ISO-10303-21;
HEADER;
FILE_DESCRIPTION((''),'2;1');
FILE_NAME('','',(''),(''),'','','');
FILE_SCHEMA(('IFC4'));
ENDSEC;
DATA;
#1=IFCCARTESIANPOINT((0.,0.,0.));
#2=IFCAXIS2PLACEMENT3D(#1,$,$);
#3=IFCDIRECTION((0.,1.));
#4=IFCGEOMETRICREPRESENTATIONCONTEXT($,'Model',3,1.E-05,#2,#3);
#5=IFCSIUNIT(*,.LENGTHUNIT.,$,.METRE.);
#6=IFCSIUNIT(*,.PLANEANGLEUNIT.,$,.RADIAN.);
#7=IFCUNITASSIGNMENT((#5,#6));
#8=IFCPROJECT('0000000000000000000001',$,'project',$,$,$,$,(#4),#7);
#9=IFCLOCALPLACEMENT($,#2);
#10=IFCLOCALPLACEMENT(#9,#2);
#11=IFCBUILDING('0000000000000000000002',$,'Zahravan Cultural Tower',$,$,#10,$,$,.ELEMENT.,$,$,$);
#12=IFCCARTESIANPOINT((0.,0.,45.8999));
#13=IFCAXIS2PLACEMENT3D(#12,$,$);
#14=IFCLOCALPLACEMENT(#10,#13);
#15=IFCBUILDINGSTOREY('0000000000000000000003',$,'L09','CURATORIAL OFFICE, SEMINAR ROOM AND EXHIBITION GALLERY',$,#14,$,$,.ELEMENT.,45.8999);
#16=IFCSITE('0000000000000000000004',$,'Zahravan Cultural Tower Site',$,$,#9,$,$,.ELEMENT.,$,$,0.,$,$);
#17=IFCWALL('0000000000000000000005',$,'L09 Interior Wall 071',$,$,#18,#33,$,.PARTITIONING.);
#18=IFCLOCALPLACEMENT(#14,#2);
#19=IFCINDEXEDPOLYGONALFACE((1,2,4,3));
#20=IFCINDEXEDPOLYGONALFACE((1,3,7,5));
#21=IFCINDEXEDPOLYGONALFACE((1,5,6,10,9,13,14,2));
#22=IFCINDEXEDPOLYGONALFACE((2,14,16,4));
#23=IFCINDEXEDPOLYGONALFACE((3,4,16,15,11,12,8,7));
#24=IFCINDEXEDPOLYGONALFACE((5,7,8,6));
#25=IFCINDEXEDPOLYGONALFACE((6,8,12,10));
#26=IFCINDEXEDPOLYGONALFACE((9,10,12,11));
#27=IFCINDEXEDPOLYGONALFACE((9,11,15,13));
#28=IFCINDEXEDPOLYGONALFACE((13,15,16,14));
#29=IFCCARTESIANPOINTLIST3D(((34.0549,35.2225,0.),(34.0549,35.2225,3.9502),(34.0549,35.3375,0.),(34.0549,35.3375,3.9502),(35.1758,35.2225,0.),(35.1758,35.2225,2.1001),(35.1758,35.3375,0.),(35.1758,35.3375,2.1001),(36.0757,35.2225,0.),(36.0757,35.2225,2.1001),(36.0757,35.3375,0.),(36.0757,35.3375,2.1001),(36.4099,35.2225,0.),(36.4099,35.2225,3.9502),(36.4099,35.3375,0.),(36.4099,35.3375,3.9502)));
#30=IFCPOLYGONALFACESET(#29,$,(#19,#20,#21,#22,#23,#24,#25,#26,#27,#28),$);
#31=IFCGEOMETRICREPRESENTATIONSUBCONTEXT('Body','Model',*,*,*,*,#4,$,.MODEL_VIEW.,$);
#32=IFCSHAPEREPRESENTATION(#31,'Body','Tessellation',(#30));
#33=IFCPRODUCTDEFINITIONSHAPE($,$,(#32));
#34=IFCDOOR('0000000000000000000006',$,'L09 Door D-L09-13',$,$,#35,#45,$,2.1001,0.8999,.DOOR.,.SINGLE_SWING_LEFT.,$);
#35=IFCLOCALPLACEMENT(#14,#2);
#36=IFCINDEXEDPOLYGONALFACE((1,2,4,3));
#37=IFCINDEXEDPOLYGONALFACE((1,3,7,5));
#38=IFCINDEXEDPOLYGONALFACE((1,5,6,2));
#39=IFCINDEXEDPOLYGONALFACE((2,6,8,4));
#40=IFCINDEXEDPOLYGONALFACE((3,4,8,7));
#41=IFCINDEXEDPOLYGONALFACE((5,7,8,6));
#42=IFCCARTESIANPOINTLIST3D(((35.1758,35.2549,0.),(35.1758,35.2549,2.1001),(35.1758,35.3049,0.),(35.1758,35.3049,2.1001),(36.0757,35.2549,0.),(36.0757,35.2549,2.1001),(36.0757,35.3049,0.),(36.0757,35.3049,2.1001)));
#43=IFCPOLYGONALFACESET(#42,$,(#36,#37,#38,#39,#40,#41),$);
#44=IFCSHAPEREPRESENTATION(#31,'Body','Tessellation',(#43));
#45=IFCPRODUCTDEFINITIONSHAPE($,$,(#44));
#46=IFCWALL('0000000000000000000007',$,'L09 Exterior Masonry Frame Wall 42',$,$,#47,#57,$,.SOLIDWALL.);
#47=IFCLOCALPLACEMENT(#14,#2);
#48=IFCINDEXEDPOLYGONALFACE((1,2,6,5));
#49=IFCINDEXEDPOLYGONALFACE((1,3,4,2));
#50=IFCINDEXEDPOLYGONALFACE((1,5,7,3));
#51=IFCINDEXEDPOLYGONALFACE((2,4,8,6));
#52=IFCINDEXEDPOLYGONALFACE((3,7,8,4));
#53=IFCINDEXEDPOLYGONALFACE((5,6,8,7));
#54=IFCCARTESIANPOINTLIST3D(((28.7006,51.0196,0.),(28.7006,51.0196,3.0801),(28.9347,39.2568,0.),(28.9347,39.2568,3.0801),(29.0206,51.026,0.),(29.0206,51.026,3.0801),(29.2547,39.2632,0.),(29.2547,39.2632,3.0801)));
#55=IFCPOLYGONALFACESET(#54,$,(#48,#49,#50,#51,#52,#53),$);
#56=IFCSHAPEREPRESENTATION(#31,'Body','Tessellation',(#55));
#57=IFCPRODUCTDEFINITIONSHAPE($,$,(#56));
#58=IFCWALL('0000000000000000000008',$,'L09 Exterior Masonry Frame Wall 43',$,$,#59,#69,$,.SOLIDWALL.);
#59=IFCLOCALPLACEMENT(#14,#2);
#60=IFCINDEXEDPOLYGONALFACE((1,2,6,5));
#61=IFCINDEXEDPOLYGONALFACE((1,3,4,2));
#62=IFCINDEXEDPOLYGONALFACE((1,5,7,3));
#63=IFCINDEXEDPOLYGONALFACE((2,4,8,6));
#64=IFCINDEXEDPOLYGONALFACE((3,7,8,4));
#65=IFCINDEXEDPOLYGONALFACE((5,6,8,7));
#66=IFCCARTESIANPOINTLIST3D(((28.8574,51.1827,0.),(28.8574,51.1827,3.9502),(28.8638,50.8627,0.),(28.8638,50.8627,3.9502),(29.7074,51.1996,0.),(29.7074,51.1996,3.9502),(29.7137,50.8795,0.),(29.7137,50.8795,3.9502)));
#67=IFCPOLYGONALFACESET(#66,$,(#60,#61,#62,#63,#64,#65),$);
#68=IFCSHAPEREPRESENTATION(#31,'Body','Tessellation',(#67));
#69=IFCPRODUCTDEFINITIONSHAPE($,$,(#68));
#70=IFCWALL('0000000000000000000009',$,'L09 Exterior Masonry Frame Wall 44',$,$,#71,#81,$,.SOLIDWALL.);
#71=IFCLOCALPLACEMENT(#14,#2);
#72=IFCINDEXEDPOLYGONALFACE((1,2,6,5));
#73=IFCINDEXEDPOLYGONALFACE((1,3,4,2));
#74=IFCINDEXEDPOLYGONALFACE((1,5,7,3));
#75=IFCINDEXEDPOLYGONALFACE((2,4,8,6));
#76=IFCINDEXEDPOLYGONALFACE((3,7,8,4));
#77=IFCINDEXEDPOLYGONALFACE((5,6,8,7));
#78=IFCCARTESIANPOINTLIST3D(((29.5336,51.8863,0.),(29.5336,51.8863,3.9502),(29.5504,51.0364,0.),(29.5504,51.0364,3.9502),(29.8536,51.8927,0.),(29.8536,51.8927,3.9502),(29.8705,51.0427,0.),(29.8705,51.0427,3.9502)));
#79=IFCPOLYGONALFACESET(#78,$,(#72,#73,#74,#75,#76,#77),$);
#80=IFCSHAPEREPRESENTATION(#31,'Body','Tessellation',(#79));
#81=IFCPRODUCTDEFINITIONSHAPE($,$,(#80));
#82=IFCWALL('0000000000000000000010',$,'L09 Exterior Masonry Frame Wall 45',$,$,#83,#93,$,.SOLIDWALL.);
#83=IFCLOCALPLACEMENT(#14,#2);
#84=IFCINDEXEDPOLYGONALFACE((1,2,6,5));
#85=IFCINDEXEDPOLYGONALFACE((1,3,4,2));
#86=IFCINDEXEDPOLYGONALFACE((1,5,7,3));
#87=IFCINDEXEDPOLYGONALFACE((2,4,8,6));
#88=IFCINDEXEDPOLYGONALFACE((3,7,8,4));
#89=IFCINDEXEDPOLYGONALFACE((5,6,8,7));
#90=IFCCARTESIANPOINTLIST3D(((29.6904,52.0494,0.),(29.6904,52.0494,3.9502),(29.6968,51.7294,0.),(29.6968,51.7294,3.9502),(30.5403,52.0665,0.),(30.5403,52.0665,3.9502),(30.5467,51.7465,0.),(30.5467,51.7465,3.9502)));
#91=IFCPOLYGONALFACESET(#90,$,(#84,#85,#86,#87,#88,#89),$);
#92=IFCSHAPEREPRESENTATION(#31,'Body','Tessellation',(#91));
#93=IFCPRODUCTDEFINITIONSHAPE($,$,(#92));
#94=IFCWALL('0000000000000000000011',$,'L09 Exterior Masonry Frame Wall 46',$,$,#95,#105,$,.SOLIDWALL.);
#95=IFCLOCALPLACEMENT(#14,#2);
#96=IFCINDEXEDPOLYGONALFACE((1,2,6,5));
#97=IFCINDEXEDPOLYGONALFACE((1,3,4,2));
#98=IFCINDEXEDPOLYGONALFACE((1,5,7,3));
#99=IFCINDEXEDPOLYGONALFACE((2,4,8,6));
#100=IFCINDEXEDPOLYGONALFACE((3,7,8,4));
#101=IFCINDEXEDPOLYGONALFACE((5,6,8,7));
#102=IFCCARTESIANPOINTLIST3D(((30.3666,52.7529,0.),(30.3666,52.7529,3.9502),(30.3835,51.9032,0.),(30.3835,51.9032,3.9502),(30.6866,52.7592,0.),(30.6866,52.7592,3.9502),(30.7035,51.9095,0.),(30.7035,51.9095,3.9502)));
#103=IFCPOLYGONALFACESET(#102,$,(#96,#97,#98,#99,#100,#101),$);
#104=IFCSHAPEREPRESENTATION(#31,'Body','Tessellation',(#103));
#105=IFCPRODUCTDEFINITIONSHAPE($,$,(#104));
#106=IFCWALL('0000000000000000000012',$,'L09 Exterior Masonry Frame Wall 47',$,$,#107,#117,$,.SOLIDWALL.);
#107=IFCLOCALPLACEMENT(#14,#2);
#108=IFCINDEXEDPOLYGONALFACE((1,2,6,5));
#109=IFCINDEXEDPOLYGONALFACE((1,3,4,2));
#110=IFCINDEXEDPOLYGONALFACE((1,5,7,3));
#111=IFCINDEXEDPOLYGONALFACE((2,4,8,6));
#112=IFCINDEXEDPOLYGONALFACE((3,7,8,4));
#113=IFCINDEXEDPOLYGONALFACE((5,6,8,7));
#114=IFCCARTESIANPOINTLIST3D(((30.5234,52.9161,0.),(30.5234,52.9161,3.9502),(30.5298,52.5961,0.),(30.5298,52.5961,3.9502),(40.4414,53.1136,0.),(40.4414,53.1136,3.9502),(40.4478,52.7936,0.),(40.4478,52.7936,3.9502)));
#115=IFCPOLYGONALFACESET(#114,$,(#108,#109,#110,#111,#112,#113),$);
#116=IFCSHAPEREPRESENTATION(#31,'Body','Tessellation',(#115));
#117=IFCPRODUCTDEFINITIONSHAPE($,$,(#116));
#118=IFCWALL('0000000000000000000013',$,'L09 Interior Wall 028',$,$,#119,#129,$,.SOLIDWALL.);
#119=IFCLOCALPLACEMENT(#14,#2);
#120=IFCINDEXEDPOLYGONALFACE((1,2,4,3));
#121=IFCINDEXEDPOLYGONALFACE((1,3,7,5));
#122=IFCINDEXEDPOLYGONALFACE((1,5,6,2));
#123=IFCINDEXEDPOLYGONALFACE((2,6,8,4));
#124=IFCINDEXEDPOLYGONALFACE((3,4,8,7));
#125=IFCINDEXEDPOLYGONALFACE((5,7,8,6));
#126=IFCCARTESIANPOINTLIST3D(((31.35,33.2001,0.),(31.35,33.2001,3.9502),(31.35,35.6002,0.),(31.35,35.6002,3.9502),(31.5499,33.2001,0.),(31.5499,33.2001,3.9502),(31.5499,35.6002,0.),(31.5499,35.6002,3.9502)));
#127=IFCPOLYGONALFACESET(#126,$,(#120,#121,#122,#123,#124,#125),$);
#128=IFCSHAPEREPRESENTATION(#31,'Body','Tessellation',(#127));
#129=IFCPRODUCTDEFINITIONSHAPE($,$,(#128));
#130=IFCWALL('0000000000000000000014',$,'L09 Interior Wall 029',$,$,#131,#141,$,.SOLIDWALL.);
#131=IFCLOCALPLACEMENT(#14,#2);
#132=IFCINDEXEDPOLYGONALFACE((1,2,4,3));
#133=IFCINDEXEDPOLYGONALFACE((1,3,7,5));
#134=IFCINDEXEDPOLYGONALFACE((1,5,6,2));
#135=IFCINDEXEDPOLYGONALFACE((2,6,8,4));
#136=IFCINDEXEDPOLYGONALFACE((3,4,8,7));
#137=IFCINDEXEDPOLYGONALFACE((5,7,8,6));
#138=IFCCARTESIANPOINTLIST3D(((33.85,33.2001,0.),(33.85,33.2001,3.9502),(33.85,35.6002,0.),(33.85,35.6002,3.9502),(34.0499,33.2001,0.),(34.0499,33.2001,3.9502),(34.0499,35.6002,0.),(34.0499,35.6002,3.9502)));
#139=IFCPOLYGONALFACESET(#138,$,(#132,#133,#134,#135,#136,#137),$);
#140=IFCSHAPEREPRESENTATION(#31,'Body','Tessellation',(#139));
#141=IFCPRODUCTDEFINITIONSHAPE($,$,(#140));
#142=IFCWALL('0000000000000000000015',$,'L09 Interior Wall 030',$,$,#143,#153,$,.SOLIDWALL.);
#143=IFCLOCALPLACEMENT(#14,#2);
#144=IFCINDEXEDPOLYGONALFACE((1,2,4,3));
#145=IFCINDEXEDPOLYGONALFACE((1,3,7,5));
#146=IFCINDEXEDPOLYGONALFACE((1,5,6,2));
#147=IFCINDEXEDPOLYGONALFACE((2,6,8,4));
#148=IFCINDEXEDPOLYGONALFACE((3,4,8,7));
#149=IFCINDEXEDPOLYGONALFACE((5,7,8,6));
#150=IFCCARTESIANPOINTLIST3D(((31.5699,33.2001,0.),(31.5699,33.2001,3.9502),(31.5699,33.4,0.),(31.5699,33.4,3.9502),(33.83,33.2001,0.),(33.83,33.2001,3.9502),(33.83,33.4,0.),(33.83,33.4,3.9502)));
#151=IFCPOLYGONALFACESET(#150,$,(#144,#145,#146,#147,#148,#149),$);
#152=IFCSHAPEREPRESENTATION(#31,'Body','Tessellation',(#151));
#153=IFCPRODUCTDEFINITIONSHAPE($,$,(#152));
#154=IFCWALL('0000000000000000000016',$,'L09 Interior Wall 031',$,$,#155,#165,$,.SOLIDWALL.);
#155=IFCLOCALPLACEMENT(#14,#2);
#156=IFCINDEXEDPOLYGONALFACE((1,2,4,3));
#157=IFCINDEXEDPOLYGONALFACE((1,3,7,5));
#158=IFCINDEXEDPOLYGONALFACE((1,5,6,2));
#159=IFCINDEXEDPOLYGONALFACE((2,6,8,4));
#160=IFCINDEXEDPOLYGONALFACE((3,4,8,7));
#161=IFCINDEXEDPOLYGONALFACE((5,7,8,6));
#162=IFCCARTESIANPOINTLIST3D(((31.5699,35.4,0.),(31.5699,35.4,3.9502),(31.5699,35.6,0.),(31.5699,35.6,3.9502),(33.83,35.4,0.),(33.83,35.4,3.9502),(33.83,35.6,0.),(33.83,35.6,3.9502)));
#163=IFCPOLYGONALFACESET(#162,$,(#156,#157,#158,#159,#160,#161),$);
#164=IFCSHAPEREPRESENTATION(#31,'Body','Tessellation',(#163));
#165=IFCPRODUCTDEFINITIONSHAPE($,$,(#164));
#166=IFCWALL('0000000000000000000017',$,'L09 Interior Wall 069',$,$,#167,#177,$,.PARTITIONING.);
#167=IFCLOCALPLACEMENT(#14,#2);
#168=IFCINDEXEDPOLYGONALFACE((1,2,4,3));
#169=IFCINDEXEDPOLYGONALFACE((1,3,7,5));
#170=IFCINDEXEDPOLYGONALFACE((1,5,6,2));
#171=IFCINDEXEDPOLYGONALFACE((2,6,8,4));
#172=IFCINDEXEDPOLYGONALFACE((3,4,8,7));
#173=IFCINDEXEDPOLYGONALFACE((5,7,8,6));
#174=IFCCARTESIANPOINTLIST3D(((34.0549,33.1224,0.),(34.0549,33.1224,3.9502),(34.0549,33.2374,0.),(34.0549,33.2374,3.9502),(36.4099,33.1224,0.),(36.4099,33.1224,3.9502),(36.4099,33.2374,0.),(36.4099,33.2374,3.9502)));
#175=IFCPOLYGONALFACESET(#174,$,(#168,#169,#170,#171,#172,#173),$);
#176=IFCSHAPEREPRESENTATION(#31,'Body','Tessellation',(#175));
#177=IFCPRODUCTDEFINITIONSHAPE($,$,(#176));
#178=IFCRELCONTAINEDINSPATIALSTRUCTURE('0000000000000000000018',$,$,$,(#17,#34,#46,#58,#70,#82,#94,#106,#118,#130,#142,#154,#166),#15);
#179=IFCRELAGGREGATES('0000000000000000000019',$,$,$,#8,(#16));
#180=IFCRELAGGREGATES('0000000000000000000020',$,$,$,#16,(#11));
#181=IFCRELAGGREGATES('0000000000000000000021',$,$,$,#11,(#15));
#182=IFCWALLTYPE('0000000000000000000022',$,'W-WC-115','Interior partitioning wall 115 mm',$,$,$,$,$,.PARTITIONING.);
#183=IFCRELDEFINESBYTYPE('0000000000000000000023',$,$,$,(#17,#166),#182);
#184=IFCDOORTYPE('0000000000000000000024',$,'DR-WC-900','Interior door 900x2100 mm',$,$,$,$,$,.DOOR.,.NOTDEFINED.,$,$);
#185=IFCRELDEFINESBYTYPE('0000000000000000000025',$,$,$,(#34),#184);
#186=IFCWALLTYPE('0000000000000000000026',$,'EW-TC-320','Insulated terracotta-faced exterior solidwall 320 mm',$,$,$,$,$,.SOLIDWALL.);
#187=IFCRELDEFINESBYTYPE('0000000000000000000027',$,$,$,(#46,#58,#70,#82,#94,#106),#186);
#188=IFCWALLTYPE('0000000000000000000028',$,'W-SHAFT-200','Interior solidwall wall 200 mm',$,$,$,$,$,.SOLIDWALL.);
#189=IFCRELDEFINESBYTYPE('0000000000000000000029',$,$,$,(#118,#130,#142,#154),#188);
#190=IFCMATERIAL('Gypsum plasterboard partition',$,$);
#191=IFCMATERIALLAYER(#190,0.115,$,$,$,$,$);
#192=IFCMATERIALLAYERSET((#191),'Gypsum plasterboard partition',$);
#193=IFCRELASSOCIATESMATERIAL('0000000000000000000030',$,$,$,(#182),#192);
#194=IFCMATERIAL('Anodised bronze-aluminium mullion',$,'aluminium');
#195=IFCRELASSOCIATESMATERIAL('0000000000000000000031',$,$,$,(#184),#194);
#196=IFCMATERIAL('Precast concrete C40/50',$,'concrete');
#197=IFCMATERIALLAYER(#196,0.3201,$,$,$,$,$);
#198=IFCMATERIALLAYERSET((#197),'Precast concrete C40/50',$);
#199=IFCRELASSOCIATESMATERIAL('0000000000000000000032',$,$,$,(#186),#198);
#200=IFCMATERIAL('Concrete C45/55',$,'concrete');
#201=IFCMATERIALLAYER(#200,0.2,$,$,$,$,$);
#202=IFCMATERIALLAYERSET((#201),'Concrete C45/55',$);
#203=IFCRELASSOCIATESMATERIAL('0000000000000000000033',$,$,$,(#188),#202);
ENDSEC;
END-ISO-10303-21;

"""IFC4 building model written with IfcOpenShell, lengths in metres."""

from ifc_helpers import new_model, si_unit, direction, frame, frame_2d, origin, place, context, subcontext, project, spatial, rectangle, extrude, source, transform, mapped, material, layer, layer_set, type_object, element, fill, save


model = new_model("IFC4")

# Units and contexts
model_context = context("Model", 3, precision=1e-05, world=origin(), true_north=direction((0.0, 1.0)))
body_context = subcontext(model_context, "Body", "Model", "MODEL_VIEW")
ifc_project = project(units=[si_unit("LENGTHUNIT", "METRE"), si_unit("PLANEANGLEUNIT", "RADIAN")], contexts=[model_context])

# Site, building, storey
site_placement = place(None, origin())
site = spatial("IfcSite", under=ifc_project, at=site_placement, Name="Zahravan Cultural Tower Site", CompositionType="ELEMENT", RefElevation=0.0)
building_placement = place(site_placement, origin())
building = spatial("IfcBuilding", under=site, at=building_placement, Name="Zahravan Cultural Tower", CompositionType="ELEMENT")
storey_placement = place(building_placement, frame((0.0, 0.0, 45.8999)))
storey = spatial("IfcBuildingStorey", under=building, at=storey_placement, Name="L09", Description="CURATORIAL OFFICE, SEMINAR ROOM AND EXHIBITION GALLERY", CompositionType="ELEMENT", Elevation=45.8999)

# Wall, opening, door
ifc_material_1 = material(Name="Gypsum plasterboard partition")
ifc_layer_1 = layer(ifc_material_1, 0.115)
ifc_layer_set_1 = layer_set([ifc_layer_1], Name="Gypsum plasterboard partition")
wall_type_1 = type_object("IfcWallType", Name="W-WC-115", Description="Interior partitioning wall 115 mm", PredefinedType="PARTITIONING", material=ifc_layer_set_1)
wall_1_placement = place(storey_placement, frame((34.0549, 35.28, 0.0), z_axis=(0.0, 0.0, 1.0), x_axis=(1.0, 0.0, 0.0)))
wall_1 = element("IfcWall", 1, at=wall_1_placement, inside=storey, type_object=wall_type_1, Name="L09 Interior Wall 071", PredefinedType="PARTITIONING", context=body_context, shape_type="SweptSolid", body=[
    extrude(rectangle(XDim=2.355, YDim=0.115, at=frame_2d((1.1775, 0.0))), origin(), (0.0, 0.0, 1.0), 3.9502),
])
opening_placement = place(wall_1_placement, frame((1.1208, 0.0, 0.0)))
opening = element("IfcOpeningElement", 2, at=opening_placement, cuts=wall_1, PredefinedType="OPENING", context=body_context, shape_type="SweptSolid", body=[
    extrude(rectangle(XDim=0.8999, YDim=2.1001, at=frame_2d((0.45, 1.05))), frame((0.0, 0.0674, 0.0), z_axis=(0.0, -1.0, 0.0), x_axis=(1.0, 0.0, 0.0)), (0.0, 0.0, 1.0), 0.135),
])
ifc_material_2 = material(Name="Anodised bronze-aluminium mullion", Category="aluminium")
door_type = type_object("IfcDoorType", Name="DR-WC-900", Description="Interior door 900x2100 mm", OperationType="NOTDEFINED", PredefinedType="DOOR", material=ifc_material_2)
shared_shape_1 = source(origin(), body_context, "Body", "SweptSolid", [
    extrude(rectangle(XDim=0.8999, YDim=2.1001, at=frame_2d((0.45, 1.05))), frame((0.0, 0.0249, 0.0), z_axis=(0.0, -1.0, 0.0), x_axis=(1.0, 0.0, 0.0)), (0.0, 0.0, 1.0), 0.05),
])
door_placement = place(opening_placement, origin())
door = element("IfcDoor", 3, at=door_placement, inside=storey, type_object=door_type, Name="L09 Door D-L09-13", OperationType="SINGLE_SWING_LEFT", OverallHeight=2.1001, OverallWidth=0.8999, PredefinedType="DOOR", context=body_context, shape_type="MappedRepresentation", body=[
    mapped(shared_shape_1, transform((0.0, 0.0, 0.0), x_axis=(1.0, 0.0, 0.0), y_axis=(0.0, 1.0, 0.0), z_axis=(0.0, 0.0, 1.0), scale=1.0)),
])
fill(opening, door)

# Walls
ifc_material_3 = material(Name="Precast concrete C40/50", Category="concrete")
ifc_layer_2 = layer(ifc_material_3, 0.3201)
ifc_layer_set_2 = layer_set([ifc_layer_2], Name="Precast concrete C40/50")
wall_type_2 = type_object("IfcWallType", Name="EW-TC-320", Description="Insulated terracotta-faced exterior solidwall 320 mm", PredefinedType="SOLIDWALL", material=ifc_layer_set_2)
shared_shape_2 = source(origin(), body_context, "Body", "SweptSolid", [
    extrude(rectangle(XDim=11.7651, YDim=0.3201, at=frame_2d((5.8826, 0.0))), origin(), (0.0, 0.0, 1.0), 3.0801),
])
wall_2_placement = place(storey_placement, frame((29.0947, 39.26, 0.0), z_axis=(0.0, 0.0, 1.0), x_axis=(-0.019901, 0.999802, 0.0)))
element("IfcWall", 4, at=wall_2_placement, inside=storey, type_object=wall_type_2, Name="L09 Exterior Masonry Frame Wall 42", PredefinedType="SOLIDWALL", context=body_context, shape_type="MappedRepresentation", body=[
    mapped(shared_shape_2, transform((0.0, 0.0, 0.0), x_axis=(1.0, 0.0, 0.0), y_axis=(0.0, 1.0, 0.0), z_axis=(0.0, 0.0, 1.0), scale=1.0)),
])
shared_shape_3 = source(origin(), body_context, "Body", "SweptSolid", [
    extrude(rectangle(XDim=0.8501, YDim=0.3201, at=frame_2d((0.425, 0.0))), origin(), (0.0, 0.0, 1.0), 3.9502),
])
for number, where, z_axis, x_axis, name in (
    (5, (28.8606, 51.0227, 0.0), (0.0, 0.0, 1.0), (0.999804, 0.019818, 0.0), "L09 Exterior Masonry Frame Wall 43"),
    (6, (29.7104, 51.0396, 0.0), (0.0, 0.0, 1.0), (-0.019818, 0.999804, 0.0), "L09 Exterior Masonry Frame Wall 44"),
    (7, (29.6936, 51.8894, 0.0), (0.0, 0.0, 1.0), (0.999798, 0.020105, 0.0), "L09 Exterior Masonry Frame Wall 45"),
):
    element("IfcWall", number, at=place(storey_placement, frame(where, z_axis=z_axis, x_axis=x_axis)), inside=storey, type_object=wall_type_2, Name=name, PredefinedType="SOLIDWALL", context=body_context, shape_type="MappedRepresentation", body=[
        mapped(shared_shape_3, transform((0.0, 0.0, 0.0), x_axis=(1.0, 0.0, 0.0), y_axis=(0.0, 1.0, 0.0), z_axis=(0.0, 0.0, 1.0), scale=1.0)),
    ])
shared_shape_4 = source(origin(), body_context, "Body", "SweptSolid", [
    extrude(rectangle(XDim=0.8499, YDim=0.3201, at=frame_2d((0.4248, 0.0))), origin(), (0.0, 0.0, 1.0), 3.9502),
])
wall_3_placement = place(storey_placement, frame((30.5435, 51.9065, 0.0), z_axis=(0.0, 0.0, 1.0), x_axis=(-0.019824, 0.999803, 0.0)))
element("IfcWall", 8, at=wall_3_placement, inside=storey, type_object=wall_type_2, Name="L09 Exterior Masonry Frame Wall 46", PredefinedType="SOLIDWALL", context=body_context, shape_type="MappedRepresentation", body=[
    mapped(shared_shape_4, transform((0.0, 0.0, 0.0), x_axis=(1.0, 0.0, 0.0), y_axis=(0.0, 1.0, 0.0), z_axis=(0.0, 0.0, 1.0), scale=1.0)),
])
shared_shape_5 = source(origin(), body_context, "Body", "SweptSolid", [
    extrude(rectangle(XDim=9.9199, YDim=0.3201, at=frame_2d((4.96, 0.0))), origin(), (0.0, 0.0, 1.0), 3.9502),
])
wall_4_placement = place(storey_placement, frame((30.5266, 52.7561, 0.0), z_axis=(0.0, 0.0, 1.0), x_axis=(0.999802, 0.01991, 0.0)))
element("IfcWall", 9, at=wall_4_placement, inside=storey, type_object=wall_type_2, Name="L09 Exterior Masonry Frame Wall 47", PredefinedType="SOLIDWALL", context=body_context, shape_type="MappedRepresentation", body=[
    mapped(shared_shape_5, transform((0.0, 0.0, 0.0), x_axis=(1.0, 0.0, 0.0), y_axis=(0.0, 1.0, 0.0), z_axis=(0.0, 0.0, 1.0), scale=1.0)),
])
ifc_material_4 = material(Name="Concrete C45/55", Category="concrete")
ifc_layer_3 = layer(ifc_material_4, 0.2)
ifc_layer_set_3 = layer_set([ifc_layer_3], Name="Concrete C45/55")
wall_type_3 = type_object("IfcWallType", Name="W-SHAFT-200", Description="Interior solidwall wall 200 mm", PredefinedType="SOLIDWALL", material=ifc_layer_set_3)
shared_shape_6 = source(origin(), body_context, "Body", "SweptSolid", [
    extrude(rectangle(XDim=2.4001, YDim=0.2, at=frame_2d((1.2002, 0.0))), origin(), (0.0, 0.0, 1.0), 3.9502),
])
for number, where, z_axis, x_axis, name in (
    (10, (31.45, 33.2, 0.0), (0.0, 0.0, 1.0), (0.0, 1.0, 0.0), "L09 Interior Wall 028"),
    (11, (33.95, 33.2, 0.0), (0.0, 0.0, 1.0), (0.0, 1.0, 0.0), "L09 Interior Wall 029"),
):
    element("IfcWall", number, at=place(storey_placement, frame(where, z_axis=z_axis, x_axis=x_axis)), inside=storey, type_object=wall_type_3, Name=name, PredefinedType="SOLIDWALL", context=body_context, shape_type="MappedRepresentation", body=[
        mapped(shared_shape_6, transform((0.0, 0.0, 0.0), x_axis=(1.0, 0.0, 0.0), y_axis=(0.0, 1.0, 0.0), z_axis=(0.0, 0.0, 1.0), scale=1.0)),
    ])
shared_shape_7 = source(origin(), body_context, "Body", "SweptSolid", [
    extrude(rectangle(XDim=2.26, YDim=0.2, at=frame_2d((1.1299, 0.0))), origin(), (0.0, 0.0, 1.0), 3.9502),
])
for number, where, z_axis, x_axis, name in (
    (12, (31.5701, 33.3, 0.0), (0.0, 0.0, 1.0), (1.0, 0.0, 0.0), "L09 Interior Wall 030"),
    (13, (31.5701, 35.5, 0.0), (0.0, 0.0, 1.0), (1.0, 0.0, 0.0), "L09 Interior Wall 031"),
):
    element("IfcWall", number, at=place(storey_placement, frame(where, z_axis=z_axis, x_axis=x_axis)), inside=storey, type_object=wall_type_3, Name=name, PredefinedType="SOLIDWALL", context=body_context, shape_type="MappedRepresentation", body=[
        mapped(shared_shape_7, transform((0.0, 0.0, 0.0), x_axis=(1.0, 0.0, 0.0), y_axis=(0.0, 1.0, 0.0), z_axis=(0.0, 0.0, 1.0), scale=1.0)),
    ])
shared_shape_8 = source(origin(), body_context, "Body", "SweptSolid", [
    extrude(rectangle(XDim=2.355, YDim=0.115, at=frame_2d((1.1775, 0.0))), origin(), (0.0, 0.0, 1.0), 3.9502),
])
wall_5_placement = place(storey_placement, frame((34.0549, 33.1799, 0.0), z_axis=(0.0, 0.0, 1.0), x_axis=(1.0, 0.0, 0.0)))
element("IfcWall", 14, at=wall_5_placement, inside=storey, type_object=wall_type_1, Name="L09 Interior Wall 069", PredefinedType="PARTITIONING", context=body_context, shape_type="MappedRepresentation", body=[
    mapped(shared_shape_8, transform((0.0, 0.0, 0.0), x_axis=(1.0, 0.0, 0.0), y_axis=(0.0, 1.0, 0.0), z_axis=(0.0, 0.0, 1.0), scale=1.0)),
])

save(model, "model.ifc")
